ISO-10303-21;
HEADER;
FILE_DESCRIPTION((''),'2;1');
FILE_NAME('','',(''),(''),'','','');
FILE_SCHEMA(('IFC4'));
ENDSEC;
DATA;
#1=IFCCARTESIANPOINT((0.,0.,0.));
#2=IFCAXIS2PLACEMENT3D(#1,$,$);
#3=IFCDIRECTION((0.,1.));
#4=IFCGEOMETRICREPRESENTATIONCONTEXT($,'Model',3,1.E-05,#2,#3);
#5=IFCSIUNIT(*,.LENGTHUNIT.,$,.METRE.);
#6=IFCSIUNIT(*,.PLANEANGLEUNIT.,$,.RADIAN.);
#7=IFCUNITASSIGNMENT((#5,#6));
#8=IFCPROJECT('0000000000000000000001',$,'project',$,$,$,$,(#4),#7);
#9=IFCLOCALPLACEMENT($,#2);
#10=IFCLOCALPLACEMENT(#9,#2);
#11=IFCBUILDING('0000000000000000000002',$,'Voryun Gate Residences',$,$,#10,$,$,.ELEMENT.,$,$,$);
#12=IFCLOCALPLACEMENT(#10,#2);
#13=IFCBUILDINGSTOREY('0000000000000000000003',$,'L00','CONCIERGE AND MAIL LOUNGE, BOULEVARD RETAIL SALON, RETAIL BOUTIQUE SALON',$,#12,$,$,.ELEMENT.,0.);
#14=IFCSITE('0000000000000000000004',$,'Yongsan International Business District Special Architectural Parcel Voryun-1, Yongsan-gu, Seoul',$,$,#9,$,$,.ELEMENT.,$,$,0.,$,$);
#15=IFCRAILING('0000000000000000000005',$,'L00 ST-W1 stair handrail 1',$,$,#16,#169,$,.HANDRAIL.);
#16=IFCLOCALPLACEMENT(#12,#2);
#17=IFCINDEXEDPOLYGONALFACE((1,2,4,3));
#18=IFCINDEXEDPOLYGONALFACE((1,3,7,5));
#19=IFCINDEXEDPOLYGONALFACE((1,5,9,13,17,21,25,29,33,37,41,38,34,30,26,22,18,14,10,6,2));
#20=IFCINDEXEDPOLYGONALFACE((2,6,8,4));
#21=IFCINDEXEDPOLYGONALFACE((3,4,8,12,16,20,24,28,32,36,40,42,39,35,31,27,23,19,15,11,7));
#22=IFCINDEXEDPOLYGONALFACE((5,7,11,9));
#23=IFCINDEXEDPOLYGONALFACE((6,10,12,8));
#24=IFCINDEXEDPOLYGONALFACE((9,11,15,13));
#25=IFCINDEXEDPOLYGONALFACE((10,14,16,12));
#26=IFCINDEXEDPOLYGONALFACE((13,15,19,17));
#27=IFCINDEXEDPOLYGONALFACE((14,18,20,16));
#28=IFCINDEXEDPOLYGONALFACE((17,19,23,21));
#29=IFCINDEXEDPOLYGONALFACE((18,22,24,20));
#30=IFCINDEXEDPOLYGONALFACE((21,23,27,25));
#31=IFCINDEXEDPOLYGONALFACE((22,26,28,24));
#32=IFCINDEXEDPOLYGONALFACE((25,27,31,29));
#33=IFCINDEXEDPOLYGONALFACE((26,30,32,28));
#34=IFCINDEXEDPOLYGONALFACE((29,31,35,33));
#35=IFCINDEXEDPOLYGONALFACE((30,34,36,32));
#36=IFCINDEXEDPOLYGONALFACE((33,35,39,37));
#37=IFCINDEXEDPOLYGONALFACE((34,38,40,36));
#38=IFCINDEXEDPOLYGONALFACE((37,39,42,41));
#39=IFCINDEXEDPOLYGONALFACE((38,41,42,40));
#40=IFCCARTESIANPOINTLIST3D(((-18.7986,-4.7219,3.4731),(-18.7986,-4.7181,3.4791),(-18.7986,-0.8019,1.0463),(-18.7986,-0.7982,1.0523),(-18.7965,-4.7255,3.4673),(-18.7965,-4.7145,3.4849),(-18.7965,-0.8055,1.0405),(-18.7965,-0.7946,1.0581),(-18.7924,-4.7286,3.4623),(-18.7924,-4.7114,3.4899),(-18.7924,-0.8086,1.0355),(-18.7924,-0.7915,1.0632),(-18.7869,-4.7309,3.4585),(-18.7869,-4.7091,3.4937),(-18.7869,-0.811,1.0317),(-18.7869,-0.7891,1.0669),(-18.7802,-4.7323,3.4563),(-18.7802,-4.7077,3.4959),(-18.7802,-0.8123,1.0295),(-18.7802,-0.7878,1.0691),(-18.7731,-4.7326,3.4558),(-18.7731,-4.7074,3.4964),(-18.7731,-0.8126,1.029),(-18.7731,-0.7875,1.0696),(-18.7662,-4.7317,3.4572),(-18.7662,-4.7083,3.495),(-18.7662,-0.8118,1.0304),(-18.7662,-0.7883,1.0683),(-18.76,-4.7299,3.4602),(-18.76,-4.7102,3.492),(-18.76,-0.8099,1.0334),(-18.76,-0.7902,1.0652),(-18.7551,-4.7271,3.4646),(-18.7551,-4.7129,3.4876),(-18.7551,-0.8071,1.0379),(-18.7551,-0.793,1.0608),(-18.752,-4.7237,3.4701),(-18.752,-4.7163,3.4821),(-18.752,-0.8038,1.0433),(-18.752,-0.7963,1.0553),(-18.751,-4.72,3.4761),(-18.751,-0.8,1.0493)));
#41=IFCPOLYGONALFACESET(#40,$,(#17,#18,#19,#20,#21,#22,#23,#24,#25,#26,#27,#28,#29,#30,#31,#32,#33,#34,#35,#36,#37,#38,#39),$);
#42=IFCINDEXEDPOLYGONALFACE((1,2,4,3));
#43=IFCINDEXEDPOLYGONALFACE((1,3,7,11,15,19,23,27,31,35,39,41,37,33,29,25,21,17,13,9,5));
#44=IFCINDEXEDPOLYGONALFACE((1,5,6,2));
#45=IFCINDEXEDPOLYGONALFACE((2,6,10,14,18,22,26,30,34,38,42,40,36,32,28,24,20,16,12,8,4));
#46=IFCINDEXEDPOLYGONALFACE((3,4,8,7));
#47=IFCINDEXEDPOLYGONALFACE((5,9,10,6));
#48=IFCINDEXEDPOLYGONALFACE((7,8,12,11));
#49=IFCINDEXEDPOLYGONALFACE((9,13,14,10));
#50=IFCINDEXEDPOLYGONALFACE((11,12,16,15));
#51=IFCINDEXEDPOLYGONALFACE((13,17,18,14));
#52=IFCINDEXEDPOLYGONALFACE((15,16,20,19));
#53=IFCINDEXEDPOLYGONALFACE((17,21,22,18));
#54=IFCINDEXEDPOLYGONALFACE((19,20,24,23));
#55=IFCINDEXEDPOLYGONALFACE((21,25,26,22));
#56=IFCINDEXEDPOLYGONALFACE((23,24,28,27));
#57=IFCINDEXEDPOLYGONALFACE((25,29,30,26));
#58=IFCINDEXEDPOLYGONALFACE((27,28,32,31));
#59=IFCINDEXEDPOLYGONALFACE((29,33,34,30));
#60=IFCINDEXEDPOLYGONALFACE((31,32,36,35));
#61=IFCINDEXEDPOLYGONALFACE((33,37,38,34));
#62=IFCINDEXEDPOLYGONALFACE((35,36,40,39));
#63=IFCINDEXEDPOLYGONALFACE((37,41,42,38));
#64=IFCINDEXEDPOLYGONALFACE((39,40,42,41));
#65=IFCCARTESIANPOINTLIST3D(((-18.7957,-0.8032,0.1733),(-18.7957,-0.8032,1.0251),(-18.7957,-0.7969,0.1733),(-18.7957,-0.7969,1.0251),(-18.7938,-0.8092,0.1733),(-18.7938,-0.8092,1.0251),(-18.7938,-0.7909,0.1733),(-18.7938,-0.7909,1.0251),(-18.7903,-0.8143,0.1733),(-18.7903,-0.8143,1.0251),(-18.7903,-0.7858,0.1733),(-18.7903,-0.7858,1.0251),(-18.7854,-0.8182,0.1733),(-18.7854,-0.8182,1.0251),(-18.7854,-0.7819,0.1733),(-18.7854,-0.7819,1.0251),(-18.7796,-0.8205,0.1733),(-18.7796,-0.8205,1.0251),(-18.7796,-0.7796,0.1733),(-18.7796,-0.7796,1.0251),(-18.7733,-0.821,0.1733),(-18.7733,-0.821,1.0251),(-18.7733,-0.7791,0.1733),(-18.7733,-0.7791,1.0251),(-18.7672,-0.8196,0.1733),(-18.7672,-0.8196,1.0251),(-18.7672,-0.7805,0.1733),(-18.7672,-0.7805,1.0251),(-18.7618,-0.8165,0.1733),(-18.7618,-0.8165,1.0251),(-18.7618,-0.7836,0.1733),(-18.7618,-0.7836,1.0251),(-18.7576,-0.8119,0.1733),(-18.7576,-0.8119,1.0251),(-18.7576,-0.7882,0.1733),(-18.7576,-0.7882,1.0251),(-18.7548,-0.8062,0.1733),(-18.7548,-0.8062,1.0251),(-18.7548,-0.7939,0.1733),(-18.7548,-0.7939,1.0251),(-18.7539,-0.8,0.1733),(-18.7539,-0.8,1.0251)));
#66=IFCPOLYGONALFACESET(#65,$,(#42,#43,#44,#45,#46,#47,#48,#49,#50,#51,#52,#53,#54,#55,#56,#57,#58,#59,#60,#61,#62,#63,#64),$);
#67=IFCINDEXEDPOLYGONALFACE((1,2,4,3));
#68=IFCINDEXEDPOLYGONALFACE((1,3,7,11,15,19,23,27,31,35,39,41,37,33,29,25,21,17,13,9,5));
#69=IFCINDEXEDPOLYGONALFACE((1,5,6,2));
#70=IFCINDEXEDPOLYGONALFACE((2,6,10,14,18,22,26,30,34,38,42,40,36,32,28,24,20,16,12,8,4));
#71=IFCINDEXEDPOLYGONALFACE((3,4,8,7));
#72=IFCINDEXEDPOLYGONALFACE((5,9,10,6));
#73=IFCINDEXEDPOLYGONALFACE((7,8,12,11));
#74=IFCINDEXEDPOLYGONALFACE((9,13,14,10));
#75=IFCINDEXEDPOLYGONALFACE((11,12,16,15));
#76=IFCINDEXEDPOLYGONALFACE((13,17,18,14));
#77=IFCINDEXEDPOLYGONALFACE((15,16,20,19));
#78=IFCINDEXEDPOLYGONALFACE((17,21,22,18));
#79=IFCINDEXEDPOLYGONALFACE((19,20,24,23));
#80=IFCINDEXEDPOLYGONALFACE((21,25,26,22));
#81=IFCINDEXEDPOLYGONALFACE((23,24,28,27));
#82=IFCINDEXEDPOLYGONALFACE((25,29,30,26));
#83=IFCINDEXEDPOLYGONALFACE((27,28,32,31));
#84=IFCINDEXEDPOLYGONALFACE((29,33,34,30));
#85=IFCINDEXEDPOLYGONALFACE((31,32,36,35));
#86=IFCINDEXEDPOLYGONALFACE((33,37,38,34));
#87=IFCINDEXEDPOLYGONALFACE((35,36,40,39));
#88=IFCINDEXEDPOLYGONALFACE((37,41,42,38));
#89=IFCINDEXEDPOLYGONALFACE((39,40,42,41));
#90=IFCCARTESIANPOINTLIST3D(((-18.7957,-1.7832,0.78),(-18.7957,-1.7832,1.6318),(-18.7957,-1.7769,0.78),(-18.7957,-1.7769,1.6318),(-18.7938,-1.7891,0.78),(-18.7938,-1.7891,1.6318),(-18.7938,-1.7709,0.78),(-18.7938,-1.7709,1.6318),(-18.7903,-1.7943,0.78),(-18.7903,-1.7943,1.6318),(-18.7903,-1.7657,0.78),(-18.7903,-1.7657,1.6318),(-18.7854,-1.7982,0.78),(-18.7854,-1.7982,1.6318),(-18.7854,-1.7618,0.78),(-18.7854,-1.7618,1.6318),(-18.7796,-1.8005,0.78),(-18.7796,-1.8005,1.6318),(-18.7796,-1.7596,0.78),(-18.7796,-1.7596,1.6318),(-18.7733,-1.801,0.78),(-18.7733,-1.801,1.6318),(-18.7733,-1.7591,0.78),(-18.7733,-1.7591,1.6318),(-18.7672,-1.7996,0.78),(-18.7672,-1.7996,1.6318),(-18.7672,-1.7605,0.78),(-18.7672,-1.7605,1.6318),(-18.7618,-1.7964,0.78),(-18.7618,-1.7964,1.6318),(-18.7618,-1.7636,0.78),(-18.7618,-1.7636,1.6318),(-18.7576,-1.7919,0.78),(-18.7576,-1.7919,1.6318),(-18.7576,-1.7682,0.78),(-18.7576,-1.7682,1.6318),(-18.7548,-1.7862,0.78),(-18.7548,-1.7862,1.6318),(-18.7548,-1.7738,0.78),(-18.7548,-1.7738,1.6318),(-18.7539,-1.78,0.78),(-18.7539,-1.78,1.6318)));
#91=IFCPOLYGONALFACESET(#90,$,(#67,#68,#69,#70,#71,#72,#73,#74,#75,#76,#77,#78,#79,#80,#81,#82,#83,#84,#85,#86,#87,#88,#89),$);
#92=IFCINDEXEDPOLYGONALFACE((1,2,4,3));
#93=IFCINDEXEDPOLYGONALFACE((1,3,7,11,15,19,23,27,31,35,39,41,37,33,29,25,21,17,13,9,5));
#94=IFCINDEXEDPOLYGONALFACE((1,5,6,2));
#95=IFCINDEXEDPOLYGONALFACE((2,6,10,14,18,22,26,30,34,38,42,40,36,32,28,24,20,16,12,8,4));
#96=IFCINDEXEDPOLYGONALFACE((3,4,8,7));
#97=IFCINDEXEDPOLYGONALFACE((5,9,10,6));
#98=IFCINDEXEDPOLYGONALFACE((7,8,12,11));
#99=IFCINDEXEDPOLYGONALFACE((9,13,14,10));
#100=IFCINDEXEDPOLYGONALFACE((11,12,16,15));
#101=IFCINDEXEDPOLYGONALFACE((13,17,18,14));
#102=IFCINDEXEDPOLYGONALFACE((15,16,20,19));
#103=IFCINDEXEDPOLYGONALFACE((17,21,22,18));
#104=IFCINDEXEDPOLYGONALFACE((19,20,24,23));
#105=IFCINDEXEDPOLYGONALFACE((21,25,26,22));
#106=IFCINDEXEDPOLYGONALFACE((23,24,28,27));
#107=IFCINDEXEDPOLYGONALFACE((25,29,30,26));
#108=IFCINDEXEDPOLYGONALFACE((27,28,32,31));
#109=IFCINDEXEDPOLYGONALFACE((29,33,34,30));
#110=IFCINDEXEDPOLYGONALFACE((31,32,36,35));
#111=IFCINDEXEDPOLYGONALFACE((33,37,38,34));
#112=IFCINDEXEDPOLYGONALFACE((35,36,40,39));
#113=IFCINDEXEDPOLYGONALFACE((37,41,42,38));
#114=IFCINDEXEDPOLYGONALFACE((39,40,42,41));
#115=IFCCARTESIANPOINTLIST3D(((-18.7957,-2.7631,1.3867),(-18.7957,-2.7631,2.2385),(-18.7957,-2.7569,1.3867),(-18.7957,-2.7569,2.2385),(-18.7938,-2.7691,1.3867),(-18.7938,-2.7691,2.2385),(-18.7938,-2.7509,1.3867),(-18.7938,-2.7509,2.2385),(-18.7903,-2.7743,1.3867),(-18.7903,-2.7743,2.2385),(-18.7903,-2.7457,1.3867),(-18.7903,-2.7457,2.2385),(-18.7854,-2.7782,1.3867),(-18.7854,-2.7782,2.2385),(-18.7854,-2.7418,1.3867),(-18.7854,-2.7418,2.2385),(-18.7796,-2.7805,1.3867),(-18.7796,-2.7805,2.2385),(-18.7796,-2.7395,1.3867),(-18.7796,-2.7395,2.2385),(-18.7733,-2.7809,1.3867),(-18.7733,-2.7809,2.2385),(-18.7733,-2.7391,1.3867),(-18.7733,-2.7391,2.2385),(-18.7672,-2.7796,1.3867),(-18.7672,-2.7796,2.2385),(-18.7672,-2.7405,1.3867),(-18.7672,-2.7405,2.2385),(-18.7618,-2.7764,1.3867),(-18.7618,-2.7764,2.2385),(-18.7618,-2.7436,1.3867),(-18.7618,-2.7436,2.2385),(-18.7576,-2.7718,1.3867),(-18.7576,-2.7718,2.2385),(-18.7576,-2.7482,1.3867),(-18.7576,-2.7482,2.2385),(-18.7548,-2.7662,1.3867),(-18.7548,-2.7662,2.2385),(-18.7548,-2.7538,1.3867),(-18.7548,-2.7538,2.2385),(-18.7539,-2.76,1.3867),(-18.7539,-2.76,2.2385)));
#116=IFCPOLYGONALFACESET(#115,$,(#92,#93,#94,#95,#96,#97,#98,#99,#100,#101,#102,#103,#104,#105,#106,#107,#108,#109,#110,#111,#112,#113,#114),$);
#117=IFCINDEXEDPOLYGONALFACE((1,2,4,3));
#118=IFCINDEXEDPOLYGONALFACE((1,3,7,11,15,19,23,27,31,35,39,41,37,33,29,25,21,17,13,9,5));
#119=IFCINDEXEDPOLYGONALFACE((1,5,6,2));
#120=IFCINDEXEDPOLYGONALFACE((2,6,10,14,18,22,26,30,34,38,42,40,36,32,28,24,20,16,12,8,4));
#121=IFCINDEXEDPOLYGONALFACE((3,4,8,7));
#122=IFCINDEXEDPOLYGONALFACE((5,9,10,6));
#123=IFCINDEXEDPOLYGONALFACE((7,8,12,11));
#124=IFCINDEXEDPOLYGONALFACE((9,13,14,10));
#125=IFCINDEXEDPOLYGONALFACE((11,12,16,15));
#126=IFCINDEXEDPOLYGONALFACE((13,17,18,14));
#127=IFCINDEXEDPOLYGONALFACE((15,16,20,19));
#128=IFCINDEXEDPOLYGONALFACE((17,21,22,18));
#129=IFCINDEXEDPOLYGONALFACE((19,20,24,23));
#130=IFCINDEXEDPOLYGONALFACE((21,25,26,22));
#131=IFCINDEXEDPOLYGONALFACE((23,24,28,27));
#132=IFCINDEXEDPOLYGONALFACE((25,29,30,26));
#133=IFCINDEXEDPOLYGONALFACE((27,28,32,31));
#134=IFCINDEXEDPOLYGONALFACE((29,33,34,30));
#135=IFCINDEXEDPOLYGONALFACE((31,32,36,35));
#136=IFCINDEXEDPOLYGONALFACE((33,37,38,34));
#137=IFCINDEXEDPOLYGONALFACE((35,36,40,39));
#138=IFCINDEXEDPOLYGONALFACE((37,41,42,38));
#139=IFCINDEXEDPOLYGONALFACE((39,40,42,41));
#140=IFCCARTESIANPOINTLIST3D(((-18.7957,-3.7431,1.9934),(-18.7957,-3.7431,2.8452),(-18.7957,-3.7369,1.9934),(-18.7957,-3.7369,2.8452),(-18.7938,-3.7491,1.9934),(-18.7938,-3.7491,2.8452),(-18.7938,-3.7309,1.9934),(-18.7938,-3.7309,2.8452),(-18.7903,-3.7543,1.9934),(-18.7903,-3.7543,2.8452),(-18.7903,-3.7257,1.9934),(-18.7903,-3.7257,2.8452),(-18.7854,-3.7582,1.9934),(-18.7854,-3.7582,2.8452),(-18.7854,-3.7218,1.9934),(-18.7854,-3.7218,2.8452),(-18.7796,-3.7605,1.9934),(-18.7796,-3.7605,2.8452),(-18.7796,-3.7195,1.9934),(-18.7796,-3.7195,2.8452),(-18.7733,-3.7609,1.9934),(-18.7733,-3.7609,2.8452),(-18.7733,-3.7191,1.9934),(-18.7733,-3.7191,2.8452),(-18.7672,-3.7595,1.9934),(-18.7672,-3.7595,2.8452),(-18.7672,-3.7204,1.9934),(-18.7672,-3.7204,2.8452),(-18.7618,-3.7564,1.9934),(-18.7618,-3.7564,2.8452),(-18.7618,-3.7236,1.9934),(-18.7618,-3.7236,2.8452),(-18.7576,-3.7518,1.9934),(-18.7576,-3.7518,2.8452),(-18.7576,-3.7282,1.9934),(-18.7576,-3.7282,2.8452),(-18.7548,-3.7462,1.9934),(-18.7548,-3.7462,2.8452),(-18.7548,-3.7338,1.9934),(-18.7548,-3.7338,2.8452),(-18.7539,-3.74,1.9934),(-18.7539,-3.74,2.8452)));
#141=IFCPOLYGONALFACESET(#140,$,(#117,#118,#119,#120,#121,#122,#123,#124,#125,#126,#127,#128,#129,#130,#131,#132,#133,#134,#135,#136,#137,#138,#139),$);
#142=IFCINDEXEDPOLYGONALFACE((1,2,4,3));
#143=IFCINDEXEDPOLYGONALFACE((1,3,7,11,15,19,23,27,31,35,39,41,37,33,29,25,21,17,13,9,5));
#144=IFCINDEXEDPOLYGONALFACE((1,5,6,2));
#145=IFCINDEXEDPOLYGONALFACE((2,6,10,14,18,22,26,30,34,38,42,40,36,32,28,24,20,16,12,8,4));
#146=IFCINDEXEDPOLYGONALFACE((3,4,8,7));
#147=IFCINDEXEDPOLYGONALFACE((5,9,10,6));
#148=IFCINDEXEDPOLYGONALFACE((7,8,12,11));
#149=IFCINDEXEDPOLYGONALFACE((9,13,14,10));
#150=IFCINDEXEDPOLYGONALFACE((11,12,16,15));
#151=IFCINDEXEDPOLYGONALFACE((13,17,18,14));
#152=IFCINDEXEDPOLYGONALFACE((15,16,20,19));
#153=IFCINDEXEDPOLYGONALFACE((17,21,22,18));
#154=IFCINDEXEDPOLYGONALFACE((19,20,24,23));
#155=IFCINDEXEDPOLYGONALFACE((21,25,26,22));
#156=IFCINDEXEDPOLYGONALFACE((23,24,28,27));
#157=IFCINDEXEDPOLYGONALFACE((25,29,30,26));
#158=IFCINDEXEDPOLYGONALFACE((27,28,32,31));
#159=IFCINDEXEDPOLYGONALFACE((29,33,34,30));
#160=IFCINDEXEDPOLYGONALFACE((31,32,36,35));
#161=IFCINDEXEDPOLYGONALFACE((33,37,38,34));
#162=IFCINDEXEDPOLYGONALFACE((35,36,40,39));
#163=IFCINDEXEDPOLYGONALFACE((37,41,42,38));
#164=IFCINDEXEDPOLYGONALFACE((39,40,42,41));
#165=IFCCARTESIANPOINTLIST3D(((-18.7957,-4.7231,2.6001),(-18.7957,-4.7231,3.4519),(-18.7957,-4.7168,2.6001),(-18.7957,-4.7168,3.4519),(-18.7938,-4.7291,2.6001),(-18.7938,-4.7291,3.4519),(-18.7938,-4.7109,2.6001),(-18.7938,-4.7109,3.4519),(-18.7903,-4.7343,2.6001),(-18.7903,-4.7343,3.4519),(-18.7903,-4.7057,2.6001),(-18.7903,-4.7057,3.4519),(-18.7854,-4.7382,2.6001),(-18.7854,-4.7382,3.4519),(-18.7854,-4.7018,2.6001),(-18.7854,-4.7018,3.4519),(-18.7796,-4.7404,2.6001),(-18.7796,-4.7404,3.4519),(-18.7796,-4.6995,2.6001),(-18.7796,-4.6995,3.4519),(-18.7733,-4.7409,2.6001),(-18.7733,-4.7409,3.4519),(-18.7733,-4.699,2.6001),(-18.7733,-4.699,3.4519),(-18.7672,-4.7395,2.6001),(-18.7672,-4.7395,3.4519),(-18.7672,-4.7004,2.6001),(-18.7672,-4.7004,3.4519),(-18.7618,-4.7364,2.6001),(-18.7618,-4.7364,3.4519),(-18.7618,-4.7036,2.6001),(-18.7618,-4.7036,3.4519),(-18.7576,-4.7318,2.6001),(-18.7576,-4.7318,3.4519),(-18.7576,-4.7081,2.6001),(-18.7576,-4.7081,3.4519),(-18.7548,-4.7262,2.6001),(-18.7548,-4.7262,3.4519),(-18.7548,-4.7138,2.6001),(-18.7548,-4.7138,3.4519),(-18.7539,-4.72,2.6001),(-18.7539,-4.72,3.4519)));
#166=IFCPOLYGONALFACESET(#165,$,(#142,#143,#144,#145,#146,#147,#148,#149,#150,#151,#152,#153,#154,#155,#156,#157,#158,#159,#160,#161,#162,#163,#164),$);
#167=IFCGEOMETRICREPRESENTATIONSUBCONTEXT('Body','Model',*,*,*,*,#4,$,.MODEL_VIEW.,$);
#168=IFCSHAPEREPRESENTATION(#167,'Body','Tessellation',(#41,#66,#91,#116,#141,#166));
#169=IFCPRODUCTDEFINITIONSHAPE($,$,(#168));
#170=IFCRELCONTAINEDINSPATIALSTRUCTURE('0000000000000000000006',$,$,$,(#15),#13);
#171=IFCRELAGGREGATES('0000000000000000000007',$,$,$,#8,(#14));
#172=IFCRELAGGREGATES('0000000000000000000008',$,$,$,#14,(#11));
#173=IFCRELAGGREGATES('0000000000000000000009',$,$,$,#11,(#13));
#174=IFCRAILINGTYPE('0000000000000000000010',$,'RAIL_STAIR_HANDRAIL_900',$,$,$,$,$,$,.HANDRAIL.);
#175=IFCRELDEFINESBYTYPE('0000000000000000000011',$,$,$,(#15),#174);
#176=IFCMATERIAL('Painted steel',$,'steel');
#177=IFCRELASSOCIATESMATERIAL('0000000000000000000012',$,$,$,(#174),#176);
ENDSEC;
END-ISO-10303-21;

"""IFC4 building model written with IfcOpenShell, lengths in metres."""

from ifc_helpers import new_model, si_unit, direction, frame, origin, origin_2d, place, context, subcontext, project, spatial, circle, extrude, material, type_object, element, save


model = new_model("IFC4")

# Units and contexts
model_context = context("Model", 3, precision=1e-05, world=origin(), true_north=direction((0.0, 1.0)))
body_context = subcontext(model_context, "Body", "Model", "MODEL_VIEW")
ifc_project = project(units=[si_unit("LENGTHUNIT", "METRE"), si_unit("PLANEANGLEUNIT", "RADIAN")], contexts=[model_context])

# Site, building, storey
site_placement = place(None, origin())
site = spatial("IfcSite", under=ifc_project, at=site_placement, Name="Yongsan International Business District Special Architectural Parcel Voryun-1, Yongsan-gu, Seoul", CompositionType="ELEMENT", RefElevation=0.0)
building_placement = place(site_placement, origin())
building = spatial("IfcBuilding", under=site, at=building_placement, Name="Voryun Gate Residences", CompositionType="ELEMENT")
storey_placement = place(building_placement, origin())
storey = spatial("IfcBuildingStorey", under=building, at=storey_placement, Name="L00", Description="CONCIERGE AND MAIL LOUNGE, BOULEVARD RETAIL SALON, RETAIL BOUTIQUE SALON", CompositionType="ELEMENT", Elevation=0.0)

# Railing
ifc_material_1 = material(Name="Painted steel", Category="steel")
railing_type_1 = type_object("IfcRailingType", Name="RAIL_STAIR_HANDRAIL_900", PredefinedType="HANDRAIL", material=ifc_material_1)
railing_1_placement = place(storey_placement, frame((-18.7749, -0.8, 0.1733)))
element("IfcRailing", 1, at=railing_1_placement, inside=storey, type_object=railing_type_1, Name="L00 ST-W1 stair handrail 1", PredefinedType="HANDRAIL", context=body_context, shape_type="SweptSolid", body=[
    extrude(circle(Radius=0.0239, at=origin_2d()), frame((0.0, 0.0, 0.876), z_axis=(0.0, -0.850252, 0.526376), x_axis=(1.0, 0.0, 0.0)), (0.0, 0.0, 1.0), 4.6104),
    extrude(circle(Radius=0.021, at=origin_2d()), origin(), (0.0, 0.0, 1.0), 0.8518),
    extrude(circle(Radius=0.021, at=origin_2d()), frame((0.0, -0.98, 0.6067)), (0.0, 0.0, 1.0), 0.8518),
    extrude(circle(Radius=0.021, at=origin_2d()), frame((0.0, -1.96, 1.2134)), (0.0, 0.0, 1.0), 0.8518),
    extrude(circle(Radius=0.021, at=origin_2d()), frame((0.0, -2.9399, 1.8201)), (0.0, 0.0, 1.0), 0.8518),
    extrude(circle(Radius=0.021, at=origin_2d()), frame((0.0, -3.9199, 2.4268)), (0.0, 0.0, 1.0), 0.8518),
])

save(model, "model.ifc")
